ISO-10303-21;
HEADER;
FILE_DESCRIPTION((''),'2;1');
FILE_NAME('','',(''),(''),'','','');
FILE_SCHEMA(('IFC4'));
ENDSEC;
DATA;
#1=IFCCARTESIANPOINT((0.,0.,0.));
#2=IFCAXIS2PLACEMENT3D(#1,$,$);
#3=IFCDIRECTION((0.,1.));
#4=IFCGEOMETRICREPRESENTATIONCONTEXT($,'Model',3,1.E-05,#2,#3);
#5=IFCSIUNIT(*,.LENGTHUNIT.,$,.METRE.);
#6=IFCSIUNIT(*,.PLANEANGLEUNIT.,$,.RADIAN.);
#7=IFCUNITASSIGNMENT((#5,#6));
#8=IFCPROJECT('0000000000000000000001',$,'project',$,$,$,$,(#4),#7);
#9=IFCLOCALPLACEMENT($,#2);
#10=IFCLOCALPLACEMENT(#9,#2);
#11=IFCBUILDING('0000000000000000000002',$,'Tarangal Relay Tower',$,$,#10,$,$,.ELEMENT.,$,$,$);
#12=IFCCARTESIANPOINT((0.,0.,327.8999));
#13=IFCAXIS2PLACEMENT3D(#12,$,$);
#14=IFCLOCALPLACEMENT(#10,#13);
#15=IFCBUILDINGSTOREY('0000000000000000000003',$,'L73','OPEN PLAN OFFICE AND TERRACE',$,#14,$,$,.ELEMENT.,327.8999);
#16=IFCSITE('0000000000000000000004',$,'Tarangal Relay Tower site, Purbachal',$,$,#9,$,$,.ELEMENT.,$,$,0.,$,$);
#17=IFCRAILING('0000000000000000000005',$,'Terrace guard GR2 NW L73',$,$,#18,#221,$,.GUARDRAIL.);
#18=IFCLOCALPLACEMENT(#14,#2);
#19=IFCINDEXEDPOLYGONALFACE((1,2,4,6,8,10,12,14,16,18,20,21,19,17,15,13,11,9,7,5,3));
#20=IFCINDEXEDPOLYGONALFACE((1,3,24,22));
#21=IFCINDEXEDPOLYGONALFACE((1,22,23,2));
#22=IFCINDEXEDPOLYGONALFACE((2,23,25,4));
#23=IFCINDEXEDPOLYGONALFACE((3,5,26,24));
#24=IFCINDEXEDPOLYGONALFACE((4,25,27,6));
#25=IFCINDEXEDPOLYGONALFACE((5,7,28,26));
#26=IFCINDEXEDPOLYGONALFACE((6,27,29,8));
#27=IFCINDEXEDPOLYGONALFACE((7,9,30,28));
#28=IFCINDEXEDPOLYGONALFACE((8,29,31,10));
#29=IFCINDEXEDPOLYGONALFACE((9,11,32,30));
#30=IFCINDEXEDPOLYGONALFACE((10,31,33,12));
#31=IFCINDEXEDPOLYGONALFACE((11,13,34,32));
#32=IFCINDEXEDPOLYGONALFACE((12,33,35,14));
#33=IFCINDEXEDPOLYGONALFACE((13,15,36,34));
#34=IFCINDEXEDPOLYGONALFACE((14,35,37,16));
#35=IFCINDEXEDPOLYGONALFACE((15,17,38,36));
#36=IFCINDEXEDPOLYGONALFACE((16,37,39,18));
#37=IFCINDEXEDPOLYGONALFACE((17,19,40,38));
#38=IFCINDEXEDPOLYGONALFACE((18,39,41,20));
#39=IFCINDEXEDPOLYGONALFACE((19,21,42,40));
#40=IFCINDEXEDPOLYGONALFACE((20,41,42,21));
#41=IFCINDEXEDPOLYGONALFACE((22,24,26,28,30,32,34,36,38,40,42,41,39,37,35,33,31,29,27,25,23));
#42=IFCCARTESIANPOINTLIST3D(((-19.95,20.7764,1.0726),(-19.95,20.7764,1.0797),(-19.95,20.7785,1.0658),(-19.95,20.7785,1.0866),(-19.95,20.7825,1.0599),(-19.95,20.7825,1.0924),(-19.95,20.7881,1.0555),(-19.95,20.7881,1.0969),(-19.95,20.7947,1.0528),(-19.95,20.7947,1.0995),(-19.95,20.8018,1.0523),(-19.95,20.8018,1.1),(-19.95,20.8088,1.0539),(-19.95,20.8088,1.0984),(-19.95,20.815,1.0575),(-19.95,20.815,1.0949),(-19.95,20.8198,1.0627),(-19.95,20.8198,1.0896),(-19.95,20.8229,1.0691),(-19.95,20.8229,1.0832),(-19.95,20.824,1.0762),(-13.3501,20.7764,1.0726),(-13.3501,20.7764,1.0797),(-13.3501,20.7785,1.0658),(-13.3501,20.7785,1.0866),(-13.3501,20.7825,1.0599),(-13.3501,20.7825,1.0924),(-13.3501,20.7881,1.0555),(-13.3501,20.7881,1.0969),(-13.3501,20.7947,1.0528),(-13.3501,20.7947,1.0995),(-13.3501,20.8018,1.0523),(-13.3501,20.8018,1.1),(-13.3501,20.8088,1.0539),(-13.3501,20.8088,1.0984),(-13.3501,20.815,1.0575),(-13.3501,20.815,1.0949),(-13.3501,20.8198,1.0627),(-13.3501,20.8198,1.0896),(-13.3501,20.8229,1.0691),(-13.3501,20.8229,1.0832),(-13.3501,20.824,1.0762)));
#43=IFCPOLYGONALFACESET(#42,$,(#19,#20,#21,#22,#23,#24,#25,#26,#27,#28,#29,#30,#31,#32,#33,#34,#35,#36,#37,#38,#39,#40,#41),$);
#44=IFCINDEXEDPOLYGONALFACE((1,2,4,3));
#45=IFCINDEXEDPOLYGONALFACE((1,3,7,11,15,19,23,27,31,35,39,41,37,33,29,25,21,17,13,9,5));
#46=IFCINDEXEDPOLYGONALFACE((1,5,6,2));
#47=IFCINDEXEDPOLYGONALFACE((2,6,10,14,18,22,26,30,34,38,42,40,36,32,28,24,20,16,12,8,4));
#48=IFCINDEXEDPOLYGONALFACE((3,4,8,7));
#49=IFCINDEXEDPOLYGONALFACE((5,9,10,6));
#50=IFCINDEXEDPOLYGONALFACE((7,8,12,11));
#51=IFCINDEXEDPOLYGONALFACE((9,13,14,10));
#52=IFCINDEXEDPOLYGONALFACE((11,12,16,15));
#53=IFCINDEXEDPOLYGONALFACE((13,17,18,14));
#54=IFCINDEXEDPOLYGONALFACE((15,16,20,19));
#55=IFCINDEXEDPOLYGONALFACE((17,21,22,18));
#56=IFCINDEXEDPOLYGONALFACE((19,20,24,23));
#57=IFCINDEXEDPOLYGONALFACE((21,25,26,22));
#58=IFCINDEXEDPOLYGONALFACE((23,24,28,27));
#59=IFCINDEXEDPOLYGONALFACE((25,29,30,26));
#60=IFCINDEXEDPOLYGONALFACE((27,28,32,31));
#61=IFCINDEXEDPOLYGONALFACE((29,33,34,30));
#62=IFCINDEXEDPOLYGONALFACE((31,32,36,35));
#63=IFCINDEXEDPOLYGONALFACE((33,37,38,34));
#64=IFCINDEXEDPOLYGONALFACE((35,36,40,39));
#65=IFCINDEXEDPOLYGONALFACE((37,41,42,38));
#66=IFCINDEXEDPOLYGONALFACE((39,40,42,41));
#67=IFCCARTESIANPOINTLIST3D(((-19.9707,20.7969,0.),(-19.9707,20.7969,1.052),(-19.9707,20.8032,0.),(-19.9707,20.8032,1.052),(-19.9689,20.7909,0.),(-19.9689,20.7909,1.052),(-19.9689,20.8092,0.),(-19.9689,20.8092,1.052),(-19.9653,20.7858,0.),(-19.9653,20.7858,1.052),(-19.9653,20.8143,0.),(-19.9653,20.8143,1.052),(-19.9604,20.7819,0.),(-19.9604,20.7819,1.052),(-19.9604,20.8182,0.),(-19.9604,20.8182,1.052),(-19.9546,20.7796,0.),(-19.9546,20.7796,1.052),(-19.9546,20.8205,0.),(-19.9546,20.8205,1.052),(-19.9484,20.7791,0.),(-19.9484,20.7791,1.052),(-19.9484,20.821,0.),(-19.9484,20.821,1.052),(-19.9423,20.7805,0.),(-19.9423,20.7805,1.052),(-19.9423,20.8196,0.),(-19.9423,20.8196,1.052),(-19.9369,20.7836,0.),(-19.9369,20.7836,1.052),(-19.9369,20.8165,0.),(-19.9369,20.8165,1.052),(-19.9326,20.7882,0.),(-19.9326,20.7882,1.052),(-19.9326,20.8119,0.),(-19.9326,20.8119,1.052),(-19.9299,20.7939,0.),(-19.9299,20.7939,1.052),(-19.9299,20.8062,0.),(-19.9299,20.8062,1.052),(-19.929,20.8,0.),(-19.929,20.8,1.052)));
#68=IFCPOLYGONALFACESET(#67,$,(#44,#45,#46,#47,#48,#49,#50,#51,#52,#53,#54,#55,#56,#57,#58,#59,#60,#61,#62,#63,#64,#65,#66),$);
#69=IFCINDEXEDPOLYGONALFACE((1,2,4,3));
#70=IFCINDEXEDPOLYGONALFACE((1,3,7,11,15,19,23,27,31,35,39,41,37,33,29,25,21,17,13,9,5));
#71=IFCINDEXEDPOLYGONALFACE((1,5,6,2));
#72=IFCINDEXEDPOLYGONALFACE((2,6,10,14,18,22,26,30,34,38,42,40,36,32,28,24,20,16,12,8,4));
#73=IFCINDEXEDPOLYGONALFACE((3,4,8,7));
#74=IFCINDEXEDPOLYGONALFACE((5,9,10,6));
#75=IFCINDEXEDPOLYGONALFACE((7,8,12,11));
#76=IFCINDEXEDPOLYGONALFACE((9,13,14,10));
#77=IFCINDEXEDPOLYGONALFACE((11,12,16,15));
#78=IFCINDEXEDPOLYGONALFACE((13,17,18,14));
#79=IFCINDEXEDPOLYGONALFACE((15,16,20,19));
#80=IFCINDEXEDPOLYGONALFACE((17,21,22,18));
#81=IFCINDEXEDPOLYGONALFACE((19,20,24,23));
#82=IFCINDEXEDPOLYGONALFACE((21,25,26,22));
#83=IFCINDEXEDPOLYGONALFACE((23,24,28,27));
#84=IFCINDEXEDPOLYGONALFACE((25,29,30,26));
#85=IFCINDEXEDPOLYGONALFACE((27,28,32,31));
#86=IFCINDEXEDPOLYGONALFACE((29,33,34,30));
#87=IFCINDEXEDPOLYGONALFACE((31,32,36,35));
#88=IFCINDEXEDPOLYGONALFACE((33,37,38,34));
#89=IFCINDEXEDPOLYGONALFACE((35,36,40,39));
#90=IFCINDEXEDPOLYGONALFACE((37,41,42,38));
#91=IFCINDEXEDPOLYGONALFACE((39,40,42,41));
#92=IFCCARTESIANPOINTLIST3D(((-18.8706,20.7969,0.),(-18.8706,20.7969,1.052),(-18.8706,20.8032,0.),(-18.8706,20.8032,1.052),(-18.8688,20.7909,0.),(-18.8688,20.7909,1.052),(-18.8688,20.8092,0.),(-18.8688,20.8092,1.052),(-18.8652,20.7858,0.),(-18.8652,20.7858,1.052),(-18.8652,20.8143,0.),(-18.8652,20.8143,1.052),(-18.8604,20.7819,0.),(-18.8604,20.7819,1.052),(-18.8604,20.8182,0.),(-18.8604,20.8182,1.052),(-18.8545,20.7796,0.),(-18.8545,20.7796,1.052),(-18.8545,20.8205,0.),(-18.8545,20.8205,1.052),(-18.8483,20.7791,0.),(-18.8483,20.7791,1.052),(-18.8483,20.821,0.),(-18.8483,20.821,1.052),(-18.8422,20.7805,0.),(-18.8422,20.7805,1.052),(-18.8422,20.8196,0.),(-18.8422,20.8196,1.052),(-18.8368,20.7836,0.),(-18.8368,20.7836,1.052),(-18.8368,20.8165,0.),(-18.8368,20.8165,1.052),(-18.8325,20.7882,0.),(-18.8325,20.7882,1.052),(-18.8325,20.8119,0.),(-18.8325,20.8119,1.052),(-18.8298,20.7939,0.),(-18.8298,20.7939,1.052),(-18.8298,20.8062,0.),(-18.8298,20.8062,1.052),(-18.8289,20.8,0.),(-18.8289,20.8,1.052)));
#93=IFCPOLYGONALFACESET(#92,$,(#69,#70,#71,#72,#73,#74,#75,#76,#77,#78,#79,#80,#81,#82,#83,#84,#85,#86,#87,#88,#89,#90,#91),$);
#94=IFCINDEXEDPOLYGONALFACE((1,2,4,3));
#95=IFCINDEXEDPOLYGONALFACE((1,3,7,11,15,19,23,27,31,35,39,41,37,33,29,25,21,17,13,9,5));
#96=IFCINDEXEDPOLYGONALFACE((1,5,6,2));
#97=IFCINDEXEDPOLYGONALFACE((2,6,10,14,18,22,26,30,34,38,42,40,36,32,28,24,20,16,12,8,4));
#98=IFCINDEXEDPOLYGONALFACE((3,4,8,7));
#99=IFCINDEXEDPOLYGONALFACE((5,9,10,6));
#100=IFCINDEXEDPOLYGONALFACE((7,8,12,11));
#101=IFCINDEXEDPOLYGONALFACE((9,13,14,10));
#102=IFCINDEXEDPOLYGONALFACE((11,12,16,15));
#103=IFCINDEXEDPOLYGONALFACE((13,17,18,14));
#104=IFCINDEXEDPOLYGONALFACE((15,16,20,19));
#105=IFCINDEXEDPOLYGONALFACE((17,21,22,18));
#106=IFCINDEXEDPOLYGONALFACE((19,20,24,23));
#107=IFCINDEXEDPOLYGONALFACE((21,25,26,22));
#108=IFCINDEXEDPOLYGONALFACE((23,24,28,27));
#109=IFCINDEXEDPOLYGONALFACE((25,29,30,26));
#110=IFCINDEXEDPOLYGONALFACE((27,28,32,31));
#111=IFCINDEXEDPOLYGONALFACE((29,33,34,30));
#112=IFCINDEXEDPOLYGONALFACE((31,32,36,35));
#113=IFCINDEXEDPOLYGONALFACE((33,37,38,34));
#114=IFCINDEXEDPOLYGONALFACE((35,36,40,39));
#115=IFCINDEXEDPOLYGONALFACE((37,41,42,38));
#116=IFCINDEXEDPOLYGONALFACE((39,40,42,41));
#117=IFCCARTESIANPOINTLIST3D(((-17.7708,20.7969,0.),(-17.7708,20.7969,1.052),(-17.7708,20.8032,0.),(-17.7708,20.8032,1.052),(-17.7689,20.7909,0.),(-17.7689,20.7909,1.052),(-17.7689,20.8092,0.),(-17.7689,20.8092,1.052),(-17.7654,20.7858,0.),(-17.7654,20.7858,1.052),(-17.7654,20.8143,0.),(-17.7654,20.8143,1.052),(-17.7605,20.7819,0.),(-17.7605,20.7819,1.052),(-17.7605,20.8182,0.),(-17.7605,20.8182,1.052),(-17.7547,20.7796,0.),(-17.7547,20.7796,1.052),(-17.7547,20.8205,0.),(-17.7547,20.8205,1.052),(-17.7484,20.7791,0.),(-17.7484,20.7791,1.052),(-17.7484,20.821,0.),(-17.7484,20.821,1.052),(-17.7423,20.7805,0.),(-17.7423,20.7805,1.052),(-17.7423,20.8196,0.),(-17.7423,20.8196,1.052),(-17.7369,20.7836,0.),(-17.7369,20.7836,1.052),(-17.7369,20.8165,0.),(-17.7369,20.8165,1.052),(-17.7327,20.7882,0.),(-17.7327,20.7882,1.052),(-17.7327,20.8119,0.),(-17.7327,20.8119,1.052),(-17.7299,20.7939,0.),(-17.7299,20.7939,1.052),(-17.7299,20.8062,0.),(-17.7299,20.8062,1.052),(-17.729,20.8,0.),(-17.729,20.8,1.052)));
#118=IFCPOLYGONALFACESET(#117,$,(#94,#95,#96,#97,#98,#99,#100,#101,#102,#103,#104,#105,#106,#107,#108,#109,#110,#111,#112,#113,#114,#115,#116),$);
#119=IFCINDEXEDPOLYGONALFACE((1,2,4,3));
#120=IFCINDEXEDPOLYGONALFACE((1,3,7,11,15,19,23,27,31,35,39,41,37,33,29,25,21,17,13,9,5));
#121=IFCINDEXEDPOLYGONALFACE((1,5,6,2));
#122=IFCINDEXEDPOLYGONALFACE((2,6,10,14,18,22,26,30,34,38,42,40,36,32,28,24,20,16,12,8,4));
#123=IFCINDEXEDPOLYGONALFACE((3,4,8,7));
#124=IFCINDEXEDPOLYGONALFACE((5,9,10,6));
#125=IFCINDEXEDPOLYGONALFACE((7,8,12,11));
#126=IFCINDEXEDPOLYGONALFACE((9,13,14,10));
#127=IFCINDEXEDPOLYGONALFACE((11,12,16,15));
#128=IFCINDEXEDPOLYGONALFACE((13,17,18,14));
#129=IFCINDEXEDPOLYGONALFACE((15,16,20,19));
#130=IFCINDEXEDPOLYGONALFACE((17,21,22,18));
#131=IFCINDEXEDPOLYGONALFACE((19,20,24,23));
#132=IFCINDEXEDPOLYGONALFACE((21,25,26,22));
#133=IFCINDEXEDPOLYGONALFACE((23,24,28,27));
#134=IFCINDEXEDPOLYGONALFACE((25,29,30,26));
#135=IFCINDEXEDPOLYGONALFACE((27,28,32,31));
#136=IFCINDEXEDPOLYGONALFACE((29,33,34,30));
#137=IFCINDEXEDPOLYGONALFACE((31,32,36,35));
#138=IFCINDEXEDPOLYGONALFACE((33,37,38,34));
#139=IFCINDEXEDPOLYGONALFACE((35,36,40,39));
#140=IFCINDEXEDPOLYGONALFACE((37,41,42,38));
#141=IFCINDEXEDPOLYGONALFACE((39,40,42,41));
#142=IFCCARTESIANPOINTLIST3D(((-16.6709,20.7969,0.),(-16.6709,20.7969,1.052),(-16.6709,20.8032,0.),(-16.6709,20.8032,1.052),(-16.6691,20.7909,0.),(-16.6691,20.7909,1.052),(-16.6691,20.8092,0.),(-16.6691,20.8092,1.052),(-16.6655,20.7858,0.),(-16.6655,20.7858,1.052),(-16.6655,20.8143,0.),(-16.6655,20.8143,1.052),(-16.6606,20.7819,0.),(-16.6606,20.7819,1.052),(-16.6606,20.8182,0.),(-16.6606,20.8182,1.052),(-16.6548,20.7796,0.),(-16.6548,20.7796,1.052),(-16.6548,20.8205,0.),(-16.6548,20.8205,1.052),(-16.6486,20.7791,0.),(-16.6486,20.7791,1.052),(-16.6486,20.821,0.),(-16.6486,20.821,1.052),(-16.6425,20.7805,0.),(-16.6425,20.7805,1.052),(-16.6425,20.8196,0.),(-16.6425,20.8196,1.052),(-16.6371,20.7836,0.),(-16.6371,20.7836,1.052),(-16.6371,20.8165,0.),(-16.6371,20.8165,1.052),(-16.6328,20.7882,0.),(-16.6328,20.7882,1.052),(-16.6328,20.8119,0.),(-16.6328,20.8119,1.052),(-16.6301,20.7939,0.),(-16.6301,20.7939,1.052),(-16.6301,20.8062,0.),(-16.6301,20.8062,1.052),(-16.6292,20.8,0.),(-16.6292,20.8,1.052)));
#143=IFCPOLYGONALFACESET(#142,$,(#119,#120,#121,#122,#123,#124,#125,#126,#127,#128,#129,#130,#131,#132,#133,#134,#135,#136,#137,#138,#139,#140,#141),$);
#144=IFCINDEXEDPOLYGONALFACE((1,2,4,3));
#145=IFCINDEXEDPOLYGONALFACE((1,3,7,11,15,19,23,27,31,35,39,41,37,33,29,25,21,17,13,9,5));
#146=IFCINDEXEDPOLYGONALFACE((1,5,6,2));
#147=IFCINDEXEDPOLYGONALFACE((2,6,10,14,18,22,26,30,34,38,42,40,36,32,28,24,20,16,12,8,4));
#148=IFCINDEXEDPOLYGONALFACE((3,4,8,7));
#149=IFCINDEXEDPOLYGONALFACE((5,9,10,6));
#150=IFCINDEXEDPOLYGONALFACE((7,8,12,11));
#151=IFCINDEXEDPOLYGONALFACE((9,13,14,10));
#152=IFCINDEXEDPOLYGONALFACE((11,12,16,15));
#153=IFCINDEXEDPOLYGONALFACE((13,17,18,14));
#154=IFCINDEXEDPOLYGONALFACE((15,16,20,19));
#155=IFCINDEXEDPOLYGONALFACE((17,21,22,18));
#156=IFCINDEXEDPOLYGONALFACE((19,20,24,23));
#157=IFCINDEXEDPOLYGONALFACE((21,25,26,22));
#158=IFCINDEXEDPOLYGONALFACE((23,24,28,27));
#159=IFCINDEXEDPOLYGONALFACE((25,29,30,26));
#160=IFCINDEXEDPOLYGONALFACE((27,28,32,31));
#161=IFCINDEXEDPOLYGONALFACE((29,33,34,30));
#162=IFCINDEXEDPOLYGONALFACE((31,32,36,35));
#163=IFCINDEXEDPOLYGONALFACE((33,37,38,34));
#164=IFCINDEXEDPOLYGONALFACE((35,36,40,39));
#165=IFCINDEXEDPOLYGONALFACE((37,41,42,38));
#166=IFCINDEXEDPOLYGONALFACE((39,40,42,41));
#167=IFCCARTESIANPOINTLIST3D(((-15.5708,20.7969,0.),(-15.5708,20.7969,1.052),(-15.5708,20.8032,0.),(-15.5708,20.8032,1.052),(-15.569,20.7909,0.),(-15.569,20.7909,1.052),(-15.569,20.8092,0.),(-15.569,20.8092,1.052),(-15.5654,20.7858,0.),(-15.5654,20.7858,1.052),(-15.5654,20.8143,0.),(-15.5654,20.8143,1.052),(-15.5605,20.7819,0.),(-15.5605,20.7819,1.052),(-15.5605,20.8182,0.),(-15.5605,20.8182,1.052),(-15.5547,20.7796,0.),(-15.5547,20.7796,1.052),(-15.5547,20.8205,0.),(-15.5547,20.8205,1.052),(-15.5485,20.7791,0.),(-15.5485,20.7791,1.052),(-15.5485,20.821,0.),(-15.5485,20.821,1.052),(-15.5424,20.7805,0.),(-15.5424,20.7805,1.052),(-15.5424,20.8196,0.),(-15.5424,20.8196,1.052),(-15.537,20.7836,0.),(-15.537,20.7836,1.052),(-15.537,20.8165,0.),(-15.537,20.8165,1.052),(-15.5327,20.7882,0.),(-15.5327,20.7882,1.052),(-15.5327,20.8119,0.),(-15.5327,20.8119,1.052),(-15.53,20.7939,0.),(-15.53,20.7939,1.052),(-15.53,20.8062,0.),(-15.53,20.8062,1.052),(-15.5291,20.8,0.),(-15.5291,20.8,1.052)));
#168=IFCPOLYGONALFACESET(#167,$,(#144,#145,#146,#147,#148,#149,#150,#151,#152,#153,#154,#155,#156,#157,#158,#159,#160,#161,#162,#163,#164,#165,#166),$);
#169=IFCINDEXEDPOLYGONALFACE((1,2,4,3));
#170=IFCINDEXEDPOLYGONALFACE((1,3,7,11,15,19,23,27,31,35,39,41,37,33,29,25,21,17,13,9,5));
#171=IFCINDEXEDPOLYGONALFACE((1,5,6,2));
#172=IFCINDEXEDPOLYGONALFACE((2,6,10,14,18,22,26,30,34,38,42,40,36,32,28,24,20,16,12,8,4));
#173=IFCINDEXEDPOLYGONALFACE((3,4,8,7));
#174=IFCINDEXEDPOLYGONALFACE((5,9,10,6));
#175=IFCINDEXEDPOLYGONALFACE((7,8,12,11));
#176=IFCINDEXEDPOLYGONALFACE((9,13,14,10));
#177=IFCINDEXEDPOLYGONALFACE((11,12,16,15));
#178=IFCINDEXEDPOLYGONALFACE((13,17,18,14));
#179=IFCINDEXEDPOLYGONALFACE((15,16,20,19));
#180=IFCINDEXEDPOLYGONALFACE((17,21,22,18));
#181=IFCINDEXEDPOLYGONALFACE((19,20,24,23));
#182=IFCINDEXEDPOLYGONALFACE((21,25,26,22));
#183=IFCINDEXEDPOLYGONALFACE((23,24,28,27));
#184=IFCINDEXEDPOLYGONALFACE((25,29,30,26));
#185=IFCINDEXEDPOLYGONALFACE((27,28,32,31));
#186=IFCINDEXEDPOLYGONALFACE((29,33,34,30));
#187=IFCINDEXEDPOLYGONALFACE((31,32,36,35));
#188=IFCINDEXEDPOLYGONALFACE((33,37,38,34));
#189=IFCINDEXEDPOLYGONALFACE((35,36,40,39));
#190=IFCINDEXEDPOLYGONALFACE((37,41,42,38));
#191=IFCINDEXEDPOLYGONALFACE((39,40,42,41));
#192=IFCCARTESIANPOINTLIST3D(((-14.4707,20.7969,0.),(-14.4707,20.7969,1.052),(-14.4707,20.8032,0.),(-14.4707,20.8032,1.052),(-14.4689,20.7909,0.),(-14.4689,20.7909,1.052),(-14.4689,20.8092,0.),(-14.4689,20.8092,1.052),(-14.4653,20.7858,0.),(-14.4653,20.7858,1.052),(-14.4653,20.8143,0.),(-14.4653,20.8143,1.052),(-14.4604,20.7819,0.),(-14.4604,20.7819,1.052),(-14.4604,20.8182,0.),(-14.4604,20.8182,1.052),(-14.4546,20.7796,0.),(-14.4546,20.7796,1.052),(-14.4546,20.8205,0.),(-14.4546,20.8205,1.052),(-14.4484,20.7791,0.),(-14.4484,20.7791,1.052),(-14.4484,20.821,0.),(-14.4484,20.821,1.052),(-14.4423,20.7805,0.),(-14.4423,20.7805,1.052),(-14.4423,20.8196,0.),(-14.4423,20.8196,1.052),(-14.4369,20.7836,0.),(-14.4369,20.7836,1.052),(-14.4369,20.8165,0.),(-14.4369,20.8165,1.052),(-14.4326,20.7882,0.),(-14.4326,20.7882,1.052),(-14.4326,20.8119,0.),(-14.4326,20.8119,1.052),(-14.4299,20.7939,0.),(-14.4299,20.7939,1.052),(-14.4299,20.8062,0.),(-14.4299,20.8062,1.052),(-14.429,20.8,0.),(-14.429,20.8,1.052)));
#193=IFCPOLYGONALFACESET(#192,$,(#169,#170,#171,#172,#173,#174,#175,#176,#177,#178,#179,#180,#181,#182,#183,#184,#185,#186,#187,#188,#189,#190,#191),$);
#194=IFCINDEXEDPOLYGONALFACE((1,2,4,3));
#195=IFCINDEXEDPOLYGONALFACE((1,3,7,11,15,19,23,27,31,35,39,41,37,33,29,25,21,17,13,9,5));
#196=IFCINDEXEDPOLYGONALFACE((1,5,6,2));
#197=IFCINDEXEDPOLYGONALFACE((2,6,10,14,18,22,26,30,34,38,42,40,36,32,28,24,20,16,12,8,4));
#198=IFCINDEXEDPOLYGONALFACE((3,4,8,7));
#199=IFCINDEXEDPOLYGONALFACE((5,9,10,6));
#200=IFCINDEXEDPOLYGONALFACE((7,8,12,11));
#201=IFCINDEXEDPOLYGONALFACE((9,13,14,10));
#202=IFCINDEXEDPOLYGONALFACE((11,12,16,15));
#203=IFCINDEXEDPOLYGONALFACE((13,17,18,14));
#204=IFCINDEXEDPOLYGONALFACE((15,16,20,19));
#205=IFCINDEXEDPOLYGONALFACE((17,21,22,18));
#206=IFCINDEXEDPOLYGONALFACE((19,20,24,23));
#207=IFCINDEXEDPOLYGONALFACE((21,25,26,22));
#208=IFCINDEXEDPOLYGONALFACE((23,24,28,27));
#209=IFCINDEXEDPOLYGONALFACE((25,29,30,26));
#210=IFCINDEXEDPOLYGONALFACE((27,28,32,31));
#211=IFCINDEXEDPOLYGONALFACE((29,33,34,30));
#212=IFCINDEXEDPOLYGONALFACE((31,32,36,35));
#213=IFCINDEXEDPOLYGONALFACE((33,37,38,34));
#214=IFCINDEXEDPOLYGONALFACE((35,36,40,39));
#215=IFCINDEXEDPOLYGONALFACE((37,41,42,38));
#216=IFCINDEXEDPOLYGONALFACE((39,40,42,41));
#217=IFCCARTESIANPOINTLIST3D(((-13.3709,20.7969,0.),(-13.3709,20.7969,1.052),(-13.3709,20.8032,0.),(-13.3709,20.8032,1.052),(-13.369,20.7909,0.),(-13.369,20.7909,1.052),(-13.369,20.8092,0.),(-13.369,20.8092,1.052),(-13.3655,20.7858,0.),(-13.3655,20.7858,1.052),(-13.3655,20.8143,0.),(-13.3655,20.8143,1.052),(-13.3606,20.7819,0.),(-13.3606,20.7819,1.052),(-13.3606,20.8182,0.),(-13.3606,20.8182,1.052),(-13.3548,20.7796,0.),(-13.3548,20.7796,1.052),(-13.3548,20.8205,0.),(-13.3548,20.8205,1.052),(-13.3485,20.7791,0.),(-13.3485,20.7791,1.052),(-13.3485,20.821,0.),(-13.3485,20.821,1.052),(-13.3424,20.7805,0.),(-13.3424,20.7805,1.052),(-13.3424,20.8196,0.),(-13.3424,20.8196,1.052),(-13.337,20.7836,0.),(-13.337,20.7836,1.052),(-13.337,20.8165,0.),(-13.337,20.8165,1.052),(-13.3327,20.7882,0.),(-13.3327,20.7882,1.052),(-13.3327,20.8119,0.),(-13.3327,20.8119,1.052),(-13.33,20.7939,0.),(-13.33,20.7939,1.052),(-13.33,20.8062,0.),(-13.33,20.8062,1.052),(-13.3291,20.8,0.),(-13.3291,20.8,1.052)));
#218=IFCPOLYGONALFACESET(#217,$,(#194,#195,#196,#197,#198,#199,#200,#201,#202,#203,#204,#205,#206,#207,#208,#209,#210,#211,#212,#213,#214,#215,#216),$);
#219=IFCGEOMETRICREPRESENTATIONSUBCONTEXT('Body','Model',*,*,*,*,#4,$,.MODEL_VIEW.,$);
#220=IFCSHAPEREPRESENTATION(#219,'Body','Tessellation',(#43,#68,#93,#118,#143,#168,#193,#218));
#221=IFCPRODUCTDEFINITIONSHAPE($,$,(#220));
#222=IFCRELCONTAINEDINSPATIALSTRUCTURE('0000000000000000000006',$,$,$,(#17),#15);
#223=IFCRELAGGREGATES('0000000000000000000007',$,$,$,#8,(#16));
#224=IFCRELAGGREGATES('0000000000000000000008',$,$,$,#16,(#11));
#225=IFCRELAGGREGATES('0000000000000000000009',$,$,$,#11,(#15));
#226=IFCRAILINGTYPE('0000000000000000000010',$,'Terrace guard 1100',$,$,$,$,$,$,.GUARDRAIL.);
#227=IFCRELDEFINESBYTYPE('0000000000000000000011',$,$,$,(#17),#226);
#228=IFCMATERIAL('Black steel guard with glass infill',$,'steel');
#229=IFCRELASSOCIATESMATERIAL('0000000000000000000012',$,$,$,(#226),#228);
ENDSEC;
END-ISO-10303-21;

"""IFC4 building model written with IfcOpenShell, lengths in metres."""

from ifc_helpers import new_model, si_unit, direction, frame, origin, origin_2d, place, context, subcontext, project, spatial, circle, extrude, material, type_object, element, save


model = new_model("IFC4")

# Units and contexts
model_context = context("Model", 3, precision=1e-05, world=origin(), true_north=direction((0.0, 1.0)))
body_context = subcontext(model_context, "Body", "Model", "MODEL_VIEW")
ifc_project = project(units=[si_unit("LENGTHUNIT", "METRE"), si_unit("PLANEANGLEUNIT", "RADIAN")], contexts=[model_context])

# Site, building, storey
site_placement = place(None, origin())
site = spatial("IfcSite", under=ifc_project, at=site_placement, Name="Tarangal Relay Tower site, Purbachal", CompositionType="ELEMENT", RefElevation=0.0)
building_placement = place(site_placement, origin())
building = spatial("IfcBuilding", under=site, at=building_placement, Name="Tarangal Relay Tower", CompositionType="ELEMENT")
storey_placement = place(building_placement, frame((0.0, 0.0, 327.8999)))
storey = spatial("IfcBuildingStorey", under=building, at=storey_placement, Name="L73", Description="OPEN PLAN OFFICE AND TERRACE", CompositionType="ELEMENT", Elevation=327.8999)

# Railing
ifc_material_1 = material(Name="Black steel guard with glass infill", Category="steel")
railing_type = type_object("IfcRailingType", Name="Terrace guard 1100", PredefinedType="GUARDRAIL", material=ifc_material_1)
railing_1_placement = place(storey_placement, frame((-19.95, 20.8, 0.0)))
element("IfcRailing", 1, at=railing_1_placement, inside=storey, type_object=railing_type, Name="Terrace guard GR2 NW L73", PredefinedType="GUARDRAIL", context=body_context, shape_type="SweptSolid", body=[
    extrude(circle(Radius=0.0239, at=origin_2d()), frame((0.0, 0.0, 1.0762), z_axis=(1.0, 0.0, 0.0), x_axis=(0.0, 1.0, 0.0)), (0.0, 0.0, 1.0), 6.5999),
    extrude(circle(Radius=0.021, at=origin_2d()), origin(), (0.0, 0.0, 1.0), 1.052),
    extrude(circle(Radius=0.021, at=origin_2d()), frame((1.1001, 0.0, 0.0)), (0.0, 0.0, 1.0), 1.052),
    extrude(circle(Radius=0.021, at=origin_2d()), frame((2.2, 0.0, 0.0)), (0.0, 0.0, 1.0), 1.052),
    extrude(circle(Radius=0.021, at=origin_2d()), frame((3.2998, 0.0, 0.0)), (0.0, 0.0, 1.0), 1.052),
    extrude(circle(Radius=0.021, at=origin_2d()), frame((4.3999, 0.0, 0.0)), (0.0, 0.0, 1.0), 1.052),
    extrude(circle(Radius=0.021, at=origin_2d()), frame((5.5, 0.0, 0.0)), (0.0, 0.0, 1.0), 1.052),
    extrude(circle(Radius=0.021, at=origin_2d()), frame((6.5999, 0.0, 0.0)), (0.0, 0.0, 1.0), 1.052),
])

save(model, "model.ifc")
